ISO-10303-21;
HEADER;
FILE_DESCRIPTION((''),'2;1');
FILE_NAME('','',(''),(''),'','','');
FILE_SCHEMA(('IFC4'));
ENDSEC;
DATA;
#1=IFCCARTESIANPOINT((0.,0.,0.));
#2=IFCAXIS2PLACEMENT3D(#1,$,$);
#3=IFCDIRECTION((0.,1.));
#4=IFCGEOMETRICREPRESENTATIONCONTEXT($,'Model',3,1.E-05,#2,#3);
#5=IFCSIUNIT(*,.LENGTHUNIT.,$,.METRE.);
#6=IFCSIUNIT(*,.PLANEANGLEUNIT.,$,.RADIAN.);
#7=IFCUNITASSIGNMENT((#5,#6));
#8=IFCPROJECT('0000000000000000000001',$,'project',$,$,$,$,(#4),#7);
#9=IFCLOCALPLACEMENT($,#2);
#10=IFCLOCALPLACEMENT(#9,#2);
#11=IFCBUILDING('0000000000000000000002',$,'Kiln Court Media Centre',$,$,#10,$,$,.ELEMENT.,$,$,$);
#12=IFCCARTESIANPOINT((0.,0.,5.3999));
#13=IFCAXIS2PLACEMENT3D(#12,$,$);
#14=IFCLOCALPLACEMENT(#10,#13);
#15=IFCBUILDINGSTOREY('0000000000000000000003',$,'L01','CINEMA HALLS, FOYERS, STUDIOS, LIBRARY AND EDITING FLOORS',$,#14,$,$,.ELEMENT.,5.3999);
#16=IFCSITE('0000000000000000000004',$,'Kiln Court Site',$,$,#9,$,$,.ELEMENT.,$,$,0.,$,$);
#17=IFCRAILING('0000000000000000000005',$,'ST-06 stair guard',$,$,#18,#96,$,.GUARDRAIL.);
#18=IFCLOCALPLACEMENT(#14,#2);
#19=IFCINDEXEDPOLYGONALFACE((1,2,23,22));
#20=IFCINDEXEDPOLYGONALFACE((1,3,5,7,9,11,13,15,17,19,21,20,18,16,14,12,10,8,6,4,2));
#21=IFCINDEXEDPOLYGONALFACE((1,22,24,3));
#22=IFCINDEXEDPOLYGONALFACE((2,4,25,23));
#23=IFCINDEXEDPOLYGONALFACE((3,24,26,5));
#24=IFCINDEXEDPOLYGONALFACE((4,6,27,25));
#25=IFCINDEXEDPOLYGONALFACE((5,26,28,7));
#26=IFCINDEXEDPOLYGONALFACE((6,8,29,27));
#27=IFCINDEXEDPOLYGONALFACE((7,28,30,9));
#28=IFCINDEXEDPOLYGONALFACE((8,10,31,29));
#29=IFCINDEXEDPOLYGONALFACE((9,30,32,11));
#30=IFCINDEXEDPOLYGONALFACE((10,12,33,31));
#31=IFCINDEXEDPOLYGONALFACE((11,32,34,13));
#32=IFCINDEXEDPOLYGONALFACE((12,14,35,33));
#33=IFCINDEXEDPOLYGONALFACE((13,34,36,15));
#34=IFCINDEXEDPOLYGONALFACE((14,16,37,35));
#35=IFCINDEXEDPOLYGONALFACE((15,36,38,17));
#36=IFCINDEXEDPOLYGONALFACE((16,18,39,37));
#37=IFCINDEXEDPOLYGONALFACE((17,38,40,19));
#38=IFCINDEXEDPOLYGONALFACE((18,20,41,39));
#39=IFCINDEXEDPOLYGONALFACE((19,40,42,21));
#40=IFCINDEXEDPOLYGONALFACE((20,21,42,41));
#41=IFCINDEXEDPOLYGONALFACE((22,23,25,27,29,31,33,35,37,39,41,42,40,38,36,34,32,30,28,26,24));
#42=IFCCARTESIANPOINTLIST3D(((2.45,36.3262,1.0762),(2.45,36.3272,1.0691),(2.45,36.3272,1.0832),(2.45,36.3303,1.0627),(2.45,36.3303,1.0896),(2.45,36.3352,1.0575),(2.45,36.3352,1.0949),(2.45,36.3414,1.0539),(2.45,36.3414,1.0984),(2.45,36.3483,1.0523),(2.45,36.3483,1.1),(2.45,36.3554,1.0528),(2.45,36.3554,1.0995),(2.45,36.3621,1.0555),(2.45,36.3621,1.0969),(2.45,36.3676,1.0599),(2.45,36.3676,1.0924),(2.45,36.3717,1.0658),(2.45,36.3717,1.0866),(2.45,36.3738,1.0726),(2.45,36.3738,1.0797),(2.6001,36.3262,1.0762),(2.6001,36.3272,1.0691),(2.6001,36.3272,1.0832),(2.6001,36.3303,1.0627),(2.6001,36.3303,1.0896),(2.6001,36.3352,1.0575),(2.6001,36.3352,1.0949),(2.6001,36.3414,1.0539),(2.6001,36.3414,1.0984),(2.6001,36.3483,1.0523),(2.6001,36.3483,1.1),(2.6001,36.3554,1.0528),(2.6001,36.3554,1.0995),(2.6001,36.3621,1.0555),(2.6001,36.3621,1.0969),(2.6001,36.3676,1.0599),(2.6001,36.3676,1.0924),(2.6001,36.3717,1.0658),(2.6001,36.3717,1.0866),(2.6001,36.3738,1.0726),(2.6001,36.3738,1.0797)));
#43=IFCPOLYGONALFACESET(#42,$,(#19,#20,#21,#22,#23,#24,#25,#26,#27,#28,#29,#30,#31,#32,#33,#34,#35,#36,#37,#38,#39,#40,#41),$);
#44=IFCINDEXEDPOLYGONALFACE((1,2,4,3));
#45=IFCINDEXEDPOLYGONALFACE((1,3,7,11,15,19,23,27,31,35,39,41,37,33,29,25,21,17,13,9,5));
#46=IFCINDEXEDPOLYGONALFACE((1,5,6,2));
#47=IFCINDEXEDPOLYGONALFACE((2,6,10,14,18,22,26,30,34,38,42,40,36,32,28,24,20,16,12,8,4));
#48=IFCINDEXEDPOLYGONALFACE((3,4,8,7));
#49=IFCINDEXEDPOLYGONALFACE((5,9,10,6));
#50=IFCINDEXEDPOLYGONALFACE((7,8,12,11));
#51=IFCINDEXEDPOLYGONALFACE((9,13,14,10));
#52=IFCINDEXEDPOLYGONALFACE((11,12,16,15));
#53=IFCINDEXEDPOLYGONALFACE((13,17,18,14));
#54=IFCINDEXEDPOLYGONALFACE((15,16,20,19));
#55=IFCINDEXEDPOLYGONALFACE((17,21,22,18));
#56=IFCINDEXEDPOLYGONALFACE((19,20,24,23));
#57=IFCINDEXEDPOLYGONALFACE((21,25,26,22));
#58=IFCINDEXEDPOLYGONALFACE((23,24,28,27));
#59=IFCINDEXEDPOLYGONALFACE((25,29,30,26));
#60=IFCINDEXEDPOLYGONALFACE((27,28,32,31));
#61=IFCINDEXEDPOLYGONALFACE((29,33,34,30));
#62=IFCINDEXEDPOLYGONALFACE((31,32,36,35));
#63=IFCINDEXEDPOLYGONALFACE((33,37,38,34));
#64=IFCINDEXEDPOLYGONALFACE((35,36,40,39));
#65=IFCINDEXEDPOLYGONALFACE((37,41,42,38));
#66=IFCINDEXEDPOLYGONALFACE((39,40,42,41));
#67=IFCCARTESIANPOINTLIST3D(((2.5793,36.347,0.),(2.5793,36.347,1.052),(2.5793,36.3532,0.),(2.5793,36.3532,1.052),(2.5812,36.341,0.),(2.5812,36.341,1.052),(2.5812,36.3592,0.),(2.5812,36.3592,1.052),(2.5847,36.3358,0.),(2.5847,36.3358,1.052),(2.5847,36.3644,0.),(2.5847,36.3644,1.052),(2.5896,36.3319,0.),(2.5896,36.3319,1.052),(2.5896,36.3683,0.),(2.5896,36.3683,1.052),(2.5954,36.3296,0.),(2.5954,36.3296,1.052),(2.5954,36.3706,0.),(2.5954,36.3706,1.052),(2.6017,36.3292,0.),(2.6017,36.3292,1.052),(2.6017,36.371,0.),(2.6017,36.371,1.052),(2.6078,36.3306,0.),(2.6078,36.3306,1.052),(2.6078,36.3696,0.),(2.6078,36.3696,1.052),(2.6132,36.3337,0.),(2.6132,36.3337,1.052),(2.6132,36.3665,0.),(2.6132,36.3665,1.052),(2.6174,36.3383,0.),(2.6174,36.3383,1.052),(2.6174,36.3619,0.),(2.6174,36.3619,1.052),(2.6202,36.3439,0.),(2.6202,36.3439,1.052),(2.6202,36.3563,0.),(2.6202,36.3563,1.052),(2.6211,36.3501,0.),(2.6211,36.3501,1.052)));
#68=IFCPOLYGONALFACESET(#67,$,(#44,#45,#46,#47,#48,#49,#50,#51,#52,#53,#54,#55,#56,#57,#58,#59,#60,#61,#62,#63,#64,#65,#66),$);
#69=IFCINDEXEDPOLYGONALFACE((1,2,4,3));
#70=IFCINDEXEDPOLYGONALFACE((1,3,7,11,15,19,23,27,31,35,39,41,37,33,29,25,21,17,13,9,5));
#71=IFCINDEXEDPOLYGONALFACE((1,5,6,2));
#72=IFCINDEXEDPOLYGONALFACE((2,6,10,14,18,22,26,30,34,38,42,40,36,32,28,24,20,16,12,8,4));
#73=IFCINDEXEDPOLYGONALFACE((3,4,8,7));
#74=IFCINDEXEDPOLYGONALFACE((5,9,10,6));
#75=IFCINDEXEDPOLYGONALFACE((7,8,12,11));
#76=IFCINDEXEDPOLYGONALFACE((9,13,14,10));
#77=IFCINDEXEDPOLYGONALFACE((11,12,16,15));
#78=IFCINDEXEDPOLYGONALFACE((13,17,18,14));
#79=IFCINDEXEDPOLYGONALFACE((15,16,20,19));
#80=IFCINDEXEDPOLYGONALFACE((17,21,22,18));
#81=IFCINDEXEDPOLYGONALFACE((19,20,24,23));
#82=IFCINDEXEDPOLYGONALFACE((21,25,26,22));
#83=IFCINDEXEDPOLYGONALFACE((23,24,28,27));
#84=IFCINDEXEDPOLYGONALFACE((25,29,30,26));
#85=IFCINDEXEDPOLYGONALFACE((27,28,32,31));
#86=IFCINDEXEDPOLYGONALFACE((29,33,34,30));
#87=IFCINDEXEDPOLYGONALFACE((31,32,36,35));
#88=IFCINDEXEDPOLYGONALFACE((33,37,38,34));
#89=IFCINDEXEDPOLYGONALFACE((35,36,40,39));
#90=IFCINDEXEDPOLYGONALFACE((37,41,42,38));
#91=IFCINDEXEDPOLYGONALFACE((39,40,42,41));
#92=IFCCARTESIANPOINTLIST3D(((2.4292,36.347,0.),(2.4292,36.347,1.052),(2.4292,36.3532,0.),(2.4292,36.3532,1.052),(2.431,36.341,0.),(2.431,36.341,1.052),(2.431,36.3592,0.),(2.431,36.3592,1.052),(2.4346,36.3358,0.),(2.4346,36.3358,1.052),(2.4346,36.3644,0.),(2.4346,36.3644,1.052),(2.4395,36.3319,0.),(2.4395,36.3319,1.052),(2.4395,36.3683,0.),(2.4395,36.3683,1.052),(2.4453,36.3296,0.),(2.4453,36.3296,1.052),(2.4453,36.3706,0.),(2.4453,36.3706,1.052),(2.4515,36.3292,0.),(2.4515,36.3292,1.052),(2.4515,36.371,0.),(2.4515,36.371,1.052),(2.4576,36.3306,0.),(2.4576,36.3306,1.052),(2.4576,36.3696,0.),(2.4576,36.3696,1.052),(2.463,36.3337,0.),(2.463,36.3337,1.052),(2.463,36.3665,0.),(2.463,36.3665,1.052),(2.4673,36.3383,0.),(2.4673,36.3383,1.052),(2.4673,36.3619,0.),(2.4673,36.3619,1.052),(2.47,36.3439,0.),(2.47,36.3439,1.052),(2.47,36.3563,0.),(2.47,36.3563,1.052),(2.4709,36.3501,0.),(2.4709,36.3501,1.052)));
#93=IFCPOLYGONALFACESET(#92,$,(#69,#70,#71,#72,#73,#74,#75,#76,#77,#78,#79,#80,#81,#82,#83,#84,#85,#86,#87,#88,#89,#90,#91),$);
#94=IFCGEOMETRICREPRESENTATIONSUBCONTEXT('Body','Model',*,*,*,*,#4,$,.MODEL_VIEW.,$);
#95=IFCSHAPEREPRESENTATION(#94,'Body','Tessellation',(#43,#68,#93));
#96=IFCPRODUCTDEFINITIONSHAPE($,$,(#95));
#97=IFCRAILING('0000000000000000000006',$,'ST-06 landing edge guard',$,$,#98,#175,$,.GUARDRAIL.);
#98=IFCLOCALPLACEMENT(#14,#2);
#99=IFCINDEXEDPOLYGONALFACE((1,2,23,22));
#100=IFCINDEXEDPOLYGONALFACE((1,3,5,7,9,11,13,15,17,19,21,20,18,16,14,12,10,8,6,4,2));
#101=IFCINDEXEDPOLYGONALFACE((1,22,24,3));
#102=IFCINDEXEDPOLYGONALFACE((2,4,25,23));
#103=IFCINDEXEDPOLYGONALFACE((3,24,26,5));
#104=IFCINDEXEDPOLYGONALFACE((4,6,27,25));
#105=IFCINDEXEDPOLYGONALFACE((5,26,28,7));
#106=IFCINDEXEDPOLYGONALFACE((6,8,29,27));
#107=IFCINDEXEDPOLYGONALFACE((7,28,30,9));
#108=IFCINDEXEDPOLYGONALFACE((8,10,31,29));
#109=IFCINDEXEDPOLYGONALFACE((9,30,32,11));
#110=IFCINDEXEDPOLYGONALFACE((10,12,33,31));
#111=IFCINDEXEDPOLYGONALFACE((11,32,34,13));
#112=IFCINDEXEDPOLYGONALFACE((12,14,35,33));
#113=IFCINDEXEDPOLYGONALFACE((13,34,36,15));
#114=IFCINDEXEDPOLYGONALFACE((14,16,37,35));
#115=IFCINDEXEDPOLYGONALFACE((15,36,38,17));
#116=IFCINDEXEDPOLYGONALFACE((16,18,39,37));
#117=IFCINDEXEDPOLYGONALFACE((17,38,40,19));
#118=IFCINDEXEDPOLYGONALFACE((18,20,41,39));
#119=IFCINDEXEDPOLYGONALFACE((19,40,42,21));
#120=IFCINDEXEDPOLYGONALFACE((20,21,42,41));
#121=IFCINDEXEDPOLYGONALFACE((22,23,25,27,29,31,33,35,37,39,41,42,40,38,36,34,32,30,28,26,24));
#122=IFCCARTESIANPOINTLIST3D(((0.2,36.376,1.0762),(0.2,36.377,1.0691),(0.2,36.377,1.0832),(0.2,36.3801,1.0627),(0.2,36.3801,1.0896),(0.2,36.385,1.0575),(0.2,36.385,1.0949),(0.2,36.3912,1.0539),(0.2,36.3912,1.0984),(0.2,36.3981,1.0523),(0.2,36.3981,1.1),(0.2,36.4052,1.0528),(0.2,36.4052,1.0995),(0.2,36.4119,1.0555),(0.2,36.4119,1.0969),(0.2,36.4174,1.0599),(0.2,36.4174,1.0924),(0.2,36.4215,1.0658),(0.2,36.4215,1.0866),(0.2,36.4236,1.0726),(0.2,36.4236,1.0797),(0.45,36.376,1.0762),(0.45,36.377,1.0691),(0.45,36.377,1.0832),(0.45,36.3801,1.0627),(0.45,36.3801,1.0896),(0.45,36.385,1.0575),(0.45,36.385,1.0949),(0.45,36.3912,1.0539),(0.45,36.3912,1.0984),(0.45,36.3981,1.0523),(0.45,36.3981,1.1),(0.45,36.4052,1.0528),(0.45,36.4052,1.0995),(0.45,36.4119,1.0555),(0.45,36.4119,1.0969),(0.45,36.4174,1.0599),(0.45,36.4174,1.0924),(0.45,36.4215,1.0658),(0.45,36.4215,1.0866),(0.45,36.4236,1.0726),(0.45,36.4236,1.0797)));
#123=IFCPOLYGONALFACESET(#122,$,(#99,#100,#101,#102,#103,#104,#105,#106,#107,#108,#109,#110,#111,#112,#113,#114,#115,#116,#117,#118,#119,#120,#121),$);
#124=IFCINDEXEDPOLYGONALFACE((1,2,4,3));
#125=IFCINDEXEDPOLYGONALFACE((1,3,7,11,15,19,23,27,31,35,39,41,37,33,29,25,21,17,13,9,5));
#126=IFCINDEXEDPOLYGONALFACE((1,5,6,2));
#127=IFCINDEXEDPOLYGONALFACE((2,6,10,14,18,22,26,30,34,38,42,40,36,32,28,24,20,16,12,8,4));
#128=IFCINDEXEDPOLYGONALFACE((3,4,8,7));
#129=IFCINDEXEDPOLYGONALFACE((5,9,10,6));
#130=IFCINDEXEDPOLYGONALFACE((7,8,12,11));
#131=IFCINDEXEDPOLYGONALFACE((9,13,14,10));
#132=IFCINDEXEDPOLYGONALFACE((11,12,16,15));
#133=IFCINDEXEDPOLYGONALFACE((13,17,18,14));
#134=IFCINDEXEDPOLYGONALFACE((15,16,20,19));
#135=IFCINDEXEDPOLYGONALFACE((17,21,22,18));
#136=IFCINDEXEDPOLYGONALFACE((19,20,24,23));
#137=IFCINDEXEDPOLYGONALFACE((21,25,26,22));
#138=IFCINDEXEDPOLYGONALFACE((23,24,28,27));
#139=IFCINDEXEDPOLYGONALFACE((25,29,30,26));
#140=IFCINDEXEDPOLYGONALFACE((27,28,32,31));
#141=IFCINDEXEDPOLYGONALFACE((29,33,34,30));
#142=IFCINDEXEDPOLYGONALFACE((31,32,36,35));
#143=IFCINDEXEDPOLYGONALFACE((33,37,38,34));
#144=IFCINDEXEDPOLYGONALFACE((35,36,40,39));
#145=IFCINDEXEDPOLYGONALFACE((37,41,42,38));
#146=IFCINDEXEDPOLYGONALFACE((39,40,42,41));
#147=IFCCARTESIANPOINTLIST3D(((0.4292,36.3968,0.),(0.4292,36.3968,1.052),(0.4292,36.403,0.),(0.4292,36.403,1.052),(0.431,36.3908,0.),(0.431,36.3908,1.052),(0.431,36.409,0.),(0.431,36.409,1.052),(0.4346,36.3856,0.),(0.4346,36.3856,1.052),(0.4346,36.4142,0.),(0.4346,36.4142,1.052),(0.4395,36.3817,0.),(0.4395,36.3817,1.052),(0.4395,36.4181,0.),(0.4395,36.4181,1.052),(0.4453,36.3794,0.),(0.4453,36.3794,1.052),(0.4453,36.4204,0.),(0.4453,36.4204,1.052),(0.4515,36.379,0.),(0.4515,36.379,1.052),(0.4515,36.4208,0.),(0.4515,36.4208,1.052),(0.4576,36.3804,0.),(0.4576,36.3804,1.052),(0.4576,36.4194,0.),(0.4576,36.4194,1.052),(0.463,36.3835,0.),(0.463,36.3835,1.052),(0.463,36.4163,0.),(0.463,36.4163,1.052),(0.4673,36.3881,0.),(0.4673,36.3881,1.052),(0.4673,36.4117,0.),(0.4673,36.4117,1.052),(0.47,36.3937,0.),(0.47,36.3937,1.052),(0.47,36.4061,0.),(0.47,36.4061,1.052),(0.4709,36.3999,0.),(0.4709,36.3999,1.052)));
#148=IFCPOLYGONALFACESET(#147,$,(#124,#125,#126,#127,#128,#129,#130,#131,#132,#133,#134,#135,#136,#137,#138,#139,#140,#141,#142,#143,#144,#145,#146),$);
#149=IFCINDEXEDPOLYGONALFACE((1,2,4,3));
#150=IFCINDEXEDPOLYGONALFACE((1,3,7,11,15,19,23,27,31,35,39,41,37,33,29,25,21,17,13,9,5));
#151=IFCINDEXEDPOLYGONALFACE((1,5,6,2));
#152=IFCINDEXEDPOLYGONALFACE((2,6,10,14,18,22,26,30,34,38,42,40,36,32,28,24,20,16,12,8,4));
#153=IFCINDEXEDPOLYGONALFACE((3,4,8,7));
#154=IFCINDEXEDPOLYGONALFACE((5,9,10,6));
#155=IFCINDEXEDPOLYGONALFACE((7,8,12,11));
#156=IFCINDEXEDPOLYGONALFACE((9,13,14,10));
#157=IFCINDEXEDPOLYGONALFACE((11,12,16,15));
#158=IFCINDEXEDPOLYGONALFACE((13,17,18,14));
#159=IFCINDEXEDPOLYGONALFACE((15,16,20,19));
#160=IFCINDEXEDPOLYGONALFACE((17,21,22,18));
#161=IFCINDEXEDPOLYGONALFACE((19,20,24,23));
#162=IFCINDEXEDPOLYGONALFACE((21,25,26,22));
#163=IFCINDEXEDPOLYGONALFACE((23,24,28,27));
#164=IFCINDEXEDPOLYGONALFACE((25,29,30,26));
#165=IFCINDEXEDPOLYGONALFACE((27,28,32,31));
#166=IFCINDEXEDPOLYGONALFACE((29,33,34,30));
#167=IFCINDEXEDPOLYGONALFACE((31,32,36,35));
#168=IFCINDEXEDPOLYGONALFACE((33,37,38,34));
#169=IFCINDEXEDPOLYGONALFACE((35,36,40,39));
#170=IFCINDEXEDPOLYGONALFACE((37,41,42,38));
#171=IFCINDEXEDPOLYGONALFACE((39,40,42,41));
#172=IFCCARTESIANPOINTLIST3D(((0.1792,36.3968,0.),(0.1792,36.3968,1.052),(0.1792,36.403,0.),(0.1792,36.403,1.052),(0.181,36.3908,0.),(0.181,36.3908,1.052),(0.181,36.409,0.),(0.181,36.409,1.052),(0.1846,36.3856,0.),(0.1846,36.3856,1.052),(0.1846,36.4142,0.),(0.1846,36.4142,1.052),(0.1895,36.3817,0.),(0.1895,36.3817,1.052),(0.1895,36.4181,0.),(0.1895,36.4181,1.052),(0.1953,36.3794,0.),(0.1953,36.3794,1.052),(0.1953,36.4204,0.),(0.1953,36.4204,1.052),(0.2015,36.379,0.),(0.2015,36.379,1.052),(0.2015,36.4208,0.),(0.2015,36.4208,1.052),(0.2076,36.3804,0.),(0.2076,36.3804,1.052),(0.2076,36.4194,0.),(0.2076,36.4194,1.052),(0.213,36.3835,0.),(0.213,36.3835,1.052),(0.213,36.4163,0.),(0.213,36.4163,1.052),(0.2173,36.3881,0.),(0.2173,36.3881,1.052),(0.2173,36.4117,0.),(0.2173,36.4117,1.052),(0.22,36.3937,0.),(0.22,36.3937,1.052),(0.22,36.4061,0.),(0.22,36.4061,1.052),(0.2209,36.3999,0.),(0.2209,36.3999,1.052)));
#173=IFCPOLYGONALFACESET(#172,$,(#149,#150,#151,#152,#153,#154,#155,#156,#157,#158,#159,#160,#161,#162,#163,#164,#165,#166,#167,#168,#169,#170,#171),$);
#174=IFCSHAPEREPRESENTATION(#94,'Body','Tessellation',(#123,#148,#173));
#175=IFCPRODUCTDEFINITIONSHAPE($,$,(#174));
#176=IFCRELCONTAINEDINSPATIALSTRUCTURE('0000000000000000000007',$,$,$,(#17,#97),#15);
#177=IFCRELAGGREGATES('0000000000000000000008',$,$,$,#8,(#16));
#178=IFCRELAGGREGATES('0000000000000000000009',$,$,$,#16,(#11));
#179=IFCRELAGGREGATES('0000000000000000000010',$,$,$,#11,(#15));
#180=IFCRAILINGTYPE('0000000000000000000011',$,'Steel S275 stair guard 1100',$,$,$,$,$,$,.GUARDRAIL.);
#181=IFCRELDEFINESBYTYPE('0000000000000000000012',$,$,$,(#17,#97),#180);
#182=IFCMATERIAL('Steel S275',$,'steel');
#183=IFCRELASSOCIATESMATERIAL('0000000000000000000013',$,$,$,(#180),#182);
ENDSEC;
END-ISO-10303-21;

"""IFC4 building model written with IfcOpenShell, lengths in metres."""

from ifc_helpers import new_model, si_unit, direction, frame, origin, origin_2d, place, context, subcontext, project, spatial, circle, extrude, material, type_object, element, save


model = new_model("IFC4")

# Units and contexts
model_context = context("Model", 3, precision=1e-05, world=origin(), true_north=direction((0.0, 1.0)))
body_context = subcontext(model_context, "Body", "Model", "MODEL_VIEW")
ifc_project = project(units=[si_unit("LENGTHUNIT", "METRE"), si_unit("PLANEANGLEUNIT", "RADIAN")], contexts=[model_context])

# Site, building, storey
site_placement = place(None, origin())
site = spatial("IfcSite", under=ifc_project, at=site_placement, Name="Kiln Court Site", CompositionType="ELEMENT", RefElevation=0.0)
building_placement = place(site_placement, origin())
building = spatial("IfcBuilding", under=site, at=building_placement, Name="Kiln Court Media Centre", CompositionType="ELEMENT")
storey_placement = place(building_placement, frame((0.0, 0.0, 5.3999)))
storey = spatial("IfcBuildingStorey", under=building, at=storey_placement, Name="L01", Description="CINEMA HALLS, FOYERS, STUDIOS, LIBRARY AND EDITING FLOORS", CompositionType="ELEMENT", Elevation=5.3999)

# Railings
ifc_material_1 = material(Name="Steel S275", Category="steel")
railing_type_1 = type_object("IfcRailingType", Name="Steel S275 stair guard 1100", PredefinedType="GUARDRAIL", material=ifc_material_1)
railing_1_placement = place(storey_placement, frame((2.6001, 36.3501, 0.0)))
element("IfcRailing", 1, at=railing_1_placement, inside=storey, type_object=railing_type_1, Name="ST-06 stair guard", PredefinedType="GUARDRAIL", context=body_context, shape_type="SweptSolid", body=[
    extrude(circle(Radius=0.0239, at=origin_2d()), frame((0.0, 0.0, 1.0762), z_axis=(-1.0, 0.0, 0.0), x_axis=(0.0, -1.0, 0.0)), (0.0, 0.0, 1.0), 0.1501),
    extrude(circle(Radius=0.021, at=origin_2d()), origin(), (0.0, 0.0, 1.0), 1.052),
    extrude(circle(Radius=0.021, at=origin_2d()), frame((-0.1501, 0.0, 0.0)), (0.0, 0.0, 1.0), 1.052),
])
railing_2_placement = place(storey_placement, frame((0.45, 36.3999, 0.0)))
element("IfcRailing", 2, at=railing_2_placement, inside=storey, type_object=railing_type_1, Name="ST-06 landing edge guard", PredefinedType="GUARDRAIL", context=body_context, shape_type="SweptSolid", body=[
    extrude(circle(Radius=0.0239, at=origin_2d()), frame((0.0, 0.0, 1.0762), z_axis=(-1.0, 0.0, 0.0), x_axis=(0.0, -1.0, 0.0)), (0.0, 0.0, 1.0), 0.25),
    extrude(circle(Radius=0.021, at=origin_2d()), origin(), (0.0, 0.0, 1.0), 1.052),
    extrude(circle(Radius=0.021, at=origin_2d()), frame((-0.25, 0.0, 0.0)), (0.0, 0.0, 1.0), 1.052),
])

save(model, "model.ifc")
